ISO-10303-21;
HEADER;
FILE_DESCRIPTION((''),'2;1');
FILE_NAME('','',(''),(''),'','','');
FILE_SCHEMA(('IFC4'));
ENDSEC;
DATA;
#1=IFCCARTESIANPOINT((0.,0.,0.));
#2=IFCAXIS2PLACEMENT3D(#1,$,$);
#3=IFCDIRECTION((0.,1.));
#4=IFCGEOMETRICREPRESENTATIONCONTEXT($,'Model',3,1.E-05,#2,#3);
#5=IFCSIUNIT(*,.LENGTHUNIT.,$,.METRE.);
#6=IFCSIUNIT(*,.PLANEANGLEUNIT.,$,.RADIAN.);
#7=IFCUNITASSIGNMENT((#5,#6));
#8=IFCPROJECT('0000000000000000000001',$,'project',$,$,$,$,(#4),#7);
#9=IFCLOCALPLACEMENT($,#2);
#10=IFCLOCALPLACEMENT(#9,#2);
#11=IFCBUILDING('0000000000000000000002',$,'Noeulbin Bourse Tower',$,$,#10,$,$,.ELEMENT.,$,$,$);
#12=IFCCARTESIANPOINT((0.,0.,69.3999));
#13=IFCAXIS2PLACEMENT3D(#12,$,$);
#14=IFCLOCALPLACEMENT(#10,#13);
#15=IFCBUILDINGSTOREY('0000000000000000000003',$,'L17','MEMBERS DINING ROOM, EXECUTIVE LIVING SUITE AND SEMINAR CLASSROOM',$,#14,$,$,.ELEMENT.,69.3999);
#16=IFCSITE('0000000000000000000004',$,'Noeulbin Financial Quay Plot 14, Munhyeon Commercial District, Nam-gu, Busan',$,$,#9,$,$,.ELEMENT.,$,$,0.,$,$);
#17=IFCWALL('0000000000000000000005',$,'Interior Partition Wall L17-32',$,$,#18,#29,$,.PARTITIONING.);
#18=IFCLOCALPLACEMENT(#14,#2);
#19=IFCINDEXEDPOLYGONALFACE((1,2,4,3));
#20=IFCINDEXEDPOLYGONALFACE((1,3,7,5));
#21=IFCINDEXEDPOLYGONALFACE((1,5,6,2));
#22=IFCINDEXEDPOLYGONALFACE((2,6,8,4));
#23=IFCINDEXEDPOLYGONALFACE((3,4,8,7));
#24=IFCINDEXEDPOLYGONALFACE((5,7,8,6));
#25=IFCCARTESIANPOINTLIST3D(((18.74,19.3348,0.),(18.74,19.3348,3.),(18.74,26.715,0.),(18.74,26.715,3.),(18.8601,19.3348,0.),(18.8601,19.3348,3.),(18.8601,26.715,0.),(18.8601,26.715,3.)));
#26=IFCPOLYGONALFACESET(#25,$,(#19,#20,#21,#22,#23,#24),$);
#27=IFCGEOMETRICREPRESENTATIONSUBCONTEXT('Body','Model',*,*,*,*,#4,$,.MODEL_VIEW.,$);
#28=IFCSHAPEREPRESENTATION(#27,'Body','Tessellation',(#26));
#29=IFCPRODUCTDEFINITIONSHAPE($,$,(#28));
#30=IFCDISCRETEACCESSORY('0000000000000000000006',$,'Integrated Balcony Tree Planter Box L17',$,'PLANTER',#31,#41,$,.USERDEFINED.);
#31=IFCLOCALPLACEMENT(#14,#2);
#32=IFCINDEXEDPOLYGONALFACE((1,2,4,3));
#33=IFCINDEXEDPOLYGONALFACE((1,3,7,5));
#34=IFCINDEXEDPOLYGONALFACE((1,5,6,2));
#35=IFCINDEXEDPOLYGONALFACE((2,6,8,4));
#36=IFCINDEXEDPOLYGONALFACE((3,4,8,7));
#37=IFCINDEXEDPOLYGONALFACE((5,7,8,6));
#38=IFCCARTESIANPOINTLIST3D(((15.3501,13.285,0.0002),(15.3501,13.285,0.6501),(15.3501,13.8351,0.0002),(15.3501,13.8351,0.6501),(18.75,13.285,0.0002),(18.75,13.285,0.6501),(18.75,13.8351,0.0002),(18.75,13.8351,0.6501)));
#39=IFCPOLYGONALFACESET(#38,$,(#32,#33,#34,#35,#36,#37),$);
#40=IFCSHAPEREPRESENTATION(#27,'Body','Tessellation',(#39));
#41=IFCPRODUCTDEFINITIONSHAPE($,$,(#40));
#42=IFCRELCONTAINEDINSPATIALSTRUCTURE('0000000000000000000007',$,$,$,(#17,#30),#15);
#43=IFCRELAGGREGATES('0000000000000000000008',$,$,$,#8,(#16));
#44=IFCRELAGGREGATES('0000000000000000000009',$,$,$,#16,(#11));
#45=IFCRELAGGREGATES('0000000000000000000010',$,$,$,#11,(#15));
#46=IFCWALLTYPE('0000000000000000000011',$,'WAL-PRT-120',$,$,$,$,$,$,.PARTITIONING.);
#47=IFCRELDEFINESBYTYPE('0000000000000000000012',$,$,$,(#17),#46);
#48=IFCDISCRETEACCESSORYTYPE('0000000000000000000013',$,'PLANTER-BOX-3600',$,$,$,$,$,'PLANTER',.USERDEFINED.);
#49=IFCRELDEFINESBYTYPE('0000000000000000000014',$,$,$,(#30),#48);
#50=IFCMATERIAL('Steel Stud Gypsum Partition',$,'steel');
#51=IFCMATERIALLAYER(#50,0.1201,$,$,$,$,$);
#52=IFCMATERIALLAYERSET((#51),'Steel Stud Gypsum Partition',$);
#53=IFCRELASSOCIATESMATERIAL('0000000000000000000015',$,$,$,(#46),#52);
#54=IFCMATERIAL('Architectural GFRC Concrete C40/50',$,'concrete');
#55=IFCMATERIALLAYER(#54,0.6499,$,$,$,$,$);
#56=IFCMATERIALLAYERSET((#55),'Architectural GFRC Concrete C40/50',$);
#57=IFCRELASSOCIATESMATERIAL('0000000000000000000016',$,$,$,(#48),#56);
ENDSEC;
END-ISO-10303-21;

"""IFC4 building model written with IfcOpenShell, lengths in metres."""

from ifc_helpers import new_model, si_unit, direction, frame, frame_2d, origin, origin_2d, place, context, subcontext, project, spatial, rectangle, extrude, material, layer, layer_set, type_object, element, save


model = new_model("IFC4")

# Units and contexts
model_context = context("Model", 3, precision=1e-05, world=origin(), true_north=direction((0.0, 1.0)))
body_context = subcontext(model_context, "Body", "Model", "MODEL_VIEW")
ifc_project = project(units=[si_unit("LENGTHUNIT", "METRE"), si_unit("PLANEANGLEUNIT", "RADIAN")], contexts=[model_context])

# Site, building, storey
site_placement = place(None, origin())
site = spatial("IfcSite", under=ifc_project, at=site_placement, Name="Noeulbin Financial Quay Plot 14, Munhyeon Commercial District, Nam-gu, Busan", CompositionType="ELEMENT", RefElevation=0.0)
building_placement = place(site_placement, origin())
building = spatial("IfcBuilding", under=site, at=building_placement, Name="Noeulbin Bourse Tower", CompositionType="ELEMENT")
storey_placement = place(building_placement, frame((0.0, 0.0, 69.3999)))
storey = spatial("IfcBuildingStorey", under=building, at=storey_placement, Name="L17", Description="MEMBERS DINING ROOM, EXECUTIVE LIVING SUITE AND SEMINAR CLASSROOM", CompositionType="ELEMENT", Elevation=69.3999)

# Wall
ifc_material_1 = material(Name="Steel Stud Gypsum Partition", Category="steel")
ifc_layer_1 = layer(ifc_material_1, 0.1201)
ifc_layer_set_1 = layer_set([ifc_layer_1], Name="Steel Stud Gypsum Partition")
wall_type = type_object("IfcWallType", Name="WAL-PRT-120", PredefinedType="PARTITIONING", material=ifc_layer_set_1)
wall_1_placement = place(storey_placement, frame((18.8, 19.335, 0.0), z_axis=(0.0, 0.0, 1.0), x_axis=(0.0, 1.0, 0.0)))
element("IfcWall", 1, at=wall_1_placement, inside=storey, type_object=wall_type, Name="Interior Partition Wall L17-32", PredefinedType="PARTITIONING", context=body_context, shape_type="SweptSolid", body=[
    extrude(rectangle(XDim=7.3801, YDim=0.1201, at=frame_2d((3.6899, 0.0))), origin(), (0.0, 0.0, 1.0), 3.0),
])

# Discrete accessory
ifc_material_2 = material(Name="Architectural GFRC Concrete C40/50", Category="concrete")
ifc_layer_2 = layer(ifc_material_2, 0.6499)
ifc_layer_set_2 = layer_set([ifc_layer_2], Name="Architectural GFRC Concrete C40/50")
discrete_accessory_type = type_object("IfcDiscreteAccessoryType", Name="PLANTER-BOX-3600", ElementType="PLANTER", PredefinedType="USERDEFINED", material=ifc_layer_set_2)
discrete_accessory_placement = place(storey_placement, frame((17.05, 13.5601, 0.0002), z_axis=(0.0, 0.0, 1.0), x_axis=(1.0, 0.0, 0.0)))
element("IfcDiscreteAccessory", 2, at=discrete_accessory_placement, inside=storey, type_object=discrete_accessory_type, Name="Integrated Balcony Tree Planter Box L17", ObjectType="PLANTER", PredefinedType="USERDEFINED", context=body_context, shape_type="SweptSolid", body=[
    extrude(rectangle(XDim=3.3999, YDim=0.55, at=origin_2d()), origin(), (0.0, 0.0, 1.0), 0.6499),
])

save(model, "model.ifc")
